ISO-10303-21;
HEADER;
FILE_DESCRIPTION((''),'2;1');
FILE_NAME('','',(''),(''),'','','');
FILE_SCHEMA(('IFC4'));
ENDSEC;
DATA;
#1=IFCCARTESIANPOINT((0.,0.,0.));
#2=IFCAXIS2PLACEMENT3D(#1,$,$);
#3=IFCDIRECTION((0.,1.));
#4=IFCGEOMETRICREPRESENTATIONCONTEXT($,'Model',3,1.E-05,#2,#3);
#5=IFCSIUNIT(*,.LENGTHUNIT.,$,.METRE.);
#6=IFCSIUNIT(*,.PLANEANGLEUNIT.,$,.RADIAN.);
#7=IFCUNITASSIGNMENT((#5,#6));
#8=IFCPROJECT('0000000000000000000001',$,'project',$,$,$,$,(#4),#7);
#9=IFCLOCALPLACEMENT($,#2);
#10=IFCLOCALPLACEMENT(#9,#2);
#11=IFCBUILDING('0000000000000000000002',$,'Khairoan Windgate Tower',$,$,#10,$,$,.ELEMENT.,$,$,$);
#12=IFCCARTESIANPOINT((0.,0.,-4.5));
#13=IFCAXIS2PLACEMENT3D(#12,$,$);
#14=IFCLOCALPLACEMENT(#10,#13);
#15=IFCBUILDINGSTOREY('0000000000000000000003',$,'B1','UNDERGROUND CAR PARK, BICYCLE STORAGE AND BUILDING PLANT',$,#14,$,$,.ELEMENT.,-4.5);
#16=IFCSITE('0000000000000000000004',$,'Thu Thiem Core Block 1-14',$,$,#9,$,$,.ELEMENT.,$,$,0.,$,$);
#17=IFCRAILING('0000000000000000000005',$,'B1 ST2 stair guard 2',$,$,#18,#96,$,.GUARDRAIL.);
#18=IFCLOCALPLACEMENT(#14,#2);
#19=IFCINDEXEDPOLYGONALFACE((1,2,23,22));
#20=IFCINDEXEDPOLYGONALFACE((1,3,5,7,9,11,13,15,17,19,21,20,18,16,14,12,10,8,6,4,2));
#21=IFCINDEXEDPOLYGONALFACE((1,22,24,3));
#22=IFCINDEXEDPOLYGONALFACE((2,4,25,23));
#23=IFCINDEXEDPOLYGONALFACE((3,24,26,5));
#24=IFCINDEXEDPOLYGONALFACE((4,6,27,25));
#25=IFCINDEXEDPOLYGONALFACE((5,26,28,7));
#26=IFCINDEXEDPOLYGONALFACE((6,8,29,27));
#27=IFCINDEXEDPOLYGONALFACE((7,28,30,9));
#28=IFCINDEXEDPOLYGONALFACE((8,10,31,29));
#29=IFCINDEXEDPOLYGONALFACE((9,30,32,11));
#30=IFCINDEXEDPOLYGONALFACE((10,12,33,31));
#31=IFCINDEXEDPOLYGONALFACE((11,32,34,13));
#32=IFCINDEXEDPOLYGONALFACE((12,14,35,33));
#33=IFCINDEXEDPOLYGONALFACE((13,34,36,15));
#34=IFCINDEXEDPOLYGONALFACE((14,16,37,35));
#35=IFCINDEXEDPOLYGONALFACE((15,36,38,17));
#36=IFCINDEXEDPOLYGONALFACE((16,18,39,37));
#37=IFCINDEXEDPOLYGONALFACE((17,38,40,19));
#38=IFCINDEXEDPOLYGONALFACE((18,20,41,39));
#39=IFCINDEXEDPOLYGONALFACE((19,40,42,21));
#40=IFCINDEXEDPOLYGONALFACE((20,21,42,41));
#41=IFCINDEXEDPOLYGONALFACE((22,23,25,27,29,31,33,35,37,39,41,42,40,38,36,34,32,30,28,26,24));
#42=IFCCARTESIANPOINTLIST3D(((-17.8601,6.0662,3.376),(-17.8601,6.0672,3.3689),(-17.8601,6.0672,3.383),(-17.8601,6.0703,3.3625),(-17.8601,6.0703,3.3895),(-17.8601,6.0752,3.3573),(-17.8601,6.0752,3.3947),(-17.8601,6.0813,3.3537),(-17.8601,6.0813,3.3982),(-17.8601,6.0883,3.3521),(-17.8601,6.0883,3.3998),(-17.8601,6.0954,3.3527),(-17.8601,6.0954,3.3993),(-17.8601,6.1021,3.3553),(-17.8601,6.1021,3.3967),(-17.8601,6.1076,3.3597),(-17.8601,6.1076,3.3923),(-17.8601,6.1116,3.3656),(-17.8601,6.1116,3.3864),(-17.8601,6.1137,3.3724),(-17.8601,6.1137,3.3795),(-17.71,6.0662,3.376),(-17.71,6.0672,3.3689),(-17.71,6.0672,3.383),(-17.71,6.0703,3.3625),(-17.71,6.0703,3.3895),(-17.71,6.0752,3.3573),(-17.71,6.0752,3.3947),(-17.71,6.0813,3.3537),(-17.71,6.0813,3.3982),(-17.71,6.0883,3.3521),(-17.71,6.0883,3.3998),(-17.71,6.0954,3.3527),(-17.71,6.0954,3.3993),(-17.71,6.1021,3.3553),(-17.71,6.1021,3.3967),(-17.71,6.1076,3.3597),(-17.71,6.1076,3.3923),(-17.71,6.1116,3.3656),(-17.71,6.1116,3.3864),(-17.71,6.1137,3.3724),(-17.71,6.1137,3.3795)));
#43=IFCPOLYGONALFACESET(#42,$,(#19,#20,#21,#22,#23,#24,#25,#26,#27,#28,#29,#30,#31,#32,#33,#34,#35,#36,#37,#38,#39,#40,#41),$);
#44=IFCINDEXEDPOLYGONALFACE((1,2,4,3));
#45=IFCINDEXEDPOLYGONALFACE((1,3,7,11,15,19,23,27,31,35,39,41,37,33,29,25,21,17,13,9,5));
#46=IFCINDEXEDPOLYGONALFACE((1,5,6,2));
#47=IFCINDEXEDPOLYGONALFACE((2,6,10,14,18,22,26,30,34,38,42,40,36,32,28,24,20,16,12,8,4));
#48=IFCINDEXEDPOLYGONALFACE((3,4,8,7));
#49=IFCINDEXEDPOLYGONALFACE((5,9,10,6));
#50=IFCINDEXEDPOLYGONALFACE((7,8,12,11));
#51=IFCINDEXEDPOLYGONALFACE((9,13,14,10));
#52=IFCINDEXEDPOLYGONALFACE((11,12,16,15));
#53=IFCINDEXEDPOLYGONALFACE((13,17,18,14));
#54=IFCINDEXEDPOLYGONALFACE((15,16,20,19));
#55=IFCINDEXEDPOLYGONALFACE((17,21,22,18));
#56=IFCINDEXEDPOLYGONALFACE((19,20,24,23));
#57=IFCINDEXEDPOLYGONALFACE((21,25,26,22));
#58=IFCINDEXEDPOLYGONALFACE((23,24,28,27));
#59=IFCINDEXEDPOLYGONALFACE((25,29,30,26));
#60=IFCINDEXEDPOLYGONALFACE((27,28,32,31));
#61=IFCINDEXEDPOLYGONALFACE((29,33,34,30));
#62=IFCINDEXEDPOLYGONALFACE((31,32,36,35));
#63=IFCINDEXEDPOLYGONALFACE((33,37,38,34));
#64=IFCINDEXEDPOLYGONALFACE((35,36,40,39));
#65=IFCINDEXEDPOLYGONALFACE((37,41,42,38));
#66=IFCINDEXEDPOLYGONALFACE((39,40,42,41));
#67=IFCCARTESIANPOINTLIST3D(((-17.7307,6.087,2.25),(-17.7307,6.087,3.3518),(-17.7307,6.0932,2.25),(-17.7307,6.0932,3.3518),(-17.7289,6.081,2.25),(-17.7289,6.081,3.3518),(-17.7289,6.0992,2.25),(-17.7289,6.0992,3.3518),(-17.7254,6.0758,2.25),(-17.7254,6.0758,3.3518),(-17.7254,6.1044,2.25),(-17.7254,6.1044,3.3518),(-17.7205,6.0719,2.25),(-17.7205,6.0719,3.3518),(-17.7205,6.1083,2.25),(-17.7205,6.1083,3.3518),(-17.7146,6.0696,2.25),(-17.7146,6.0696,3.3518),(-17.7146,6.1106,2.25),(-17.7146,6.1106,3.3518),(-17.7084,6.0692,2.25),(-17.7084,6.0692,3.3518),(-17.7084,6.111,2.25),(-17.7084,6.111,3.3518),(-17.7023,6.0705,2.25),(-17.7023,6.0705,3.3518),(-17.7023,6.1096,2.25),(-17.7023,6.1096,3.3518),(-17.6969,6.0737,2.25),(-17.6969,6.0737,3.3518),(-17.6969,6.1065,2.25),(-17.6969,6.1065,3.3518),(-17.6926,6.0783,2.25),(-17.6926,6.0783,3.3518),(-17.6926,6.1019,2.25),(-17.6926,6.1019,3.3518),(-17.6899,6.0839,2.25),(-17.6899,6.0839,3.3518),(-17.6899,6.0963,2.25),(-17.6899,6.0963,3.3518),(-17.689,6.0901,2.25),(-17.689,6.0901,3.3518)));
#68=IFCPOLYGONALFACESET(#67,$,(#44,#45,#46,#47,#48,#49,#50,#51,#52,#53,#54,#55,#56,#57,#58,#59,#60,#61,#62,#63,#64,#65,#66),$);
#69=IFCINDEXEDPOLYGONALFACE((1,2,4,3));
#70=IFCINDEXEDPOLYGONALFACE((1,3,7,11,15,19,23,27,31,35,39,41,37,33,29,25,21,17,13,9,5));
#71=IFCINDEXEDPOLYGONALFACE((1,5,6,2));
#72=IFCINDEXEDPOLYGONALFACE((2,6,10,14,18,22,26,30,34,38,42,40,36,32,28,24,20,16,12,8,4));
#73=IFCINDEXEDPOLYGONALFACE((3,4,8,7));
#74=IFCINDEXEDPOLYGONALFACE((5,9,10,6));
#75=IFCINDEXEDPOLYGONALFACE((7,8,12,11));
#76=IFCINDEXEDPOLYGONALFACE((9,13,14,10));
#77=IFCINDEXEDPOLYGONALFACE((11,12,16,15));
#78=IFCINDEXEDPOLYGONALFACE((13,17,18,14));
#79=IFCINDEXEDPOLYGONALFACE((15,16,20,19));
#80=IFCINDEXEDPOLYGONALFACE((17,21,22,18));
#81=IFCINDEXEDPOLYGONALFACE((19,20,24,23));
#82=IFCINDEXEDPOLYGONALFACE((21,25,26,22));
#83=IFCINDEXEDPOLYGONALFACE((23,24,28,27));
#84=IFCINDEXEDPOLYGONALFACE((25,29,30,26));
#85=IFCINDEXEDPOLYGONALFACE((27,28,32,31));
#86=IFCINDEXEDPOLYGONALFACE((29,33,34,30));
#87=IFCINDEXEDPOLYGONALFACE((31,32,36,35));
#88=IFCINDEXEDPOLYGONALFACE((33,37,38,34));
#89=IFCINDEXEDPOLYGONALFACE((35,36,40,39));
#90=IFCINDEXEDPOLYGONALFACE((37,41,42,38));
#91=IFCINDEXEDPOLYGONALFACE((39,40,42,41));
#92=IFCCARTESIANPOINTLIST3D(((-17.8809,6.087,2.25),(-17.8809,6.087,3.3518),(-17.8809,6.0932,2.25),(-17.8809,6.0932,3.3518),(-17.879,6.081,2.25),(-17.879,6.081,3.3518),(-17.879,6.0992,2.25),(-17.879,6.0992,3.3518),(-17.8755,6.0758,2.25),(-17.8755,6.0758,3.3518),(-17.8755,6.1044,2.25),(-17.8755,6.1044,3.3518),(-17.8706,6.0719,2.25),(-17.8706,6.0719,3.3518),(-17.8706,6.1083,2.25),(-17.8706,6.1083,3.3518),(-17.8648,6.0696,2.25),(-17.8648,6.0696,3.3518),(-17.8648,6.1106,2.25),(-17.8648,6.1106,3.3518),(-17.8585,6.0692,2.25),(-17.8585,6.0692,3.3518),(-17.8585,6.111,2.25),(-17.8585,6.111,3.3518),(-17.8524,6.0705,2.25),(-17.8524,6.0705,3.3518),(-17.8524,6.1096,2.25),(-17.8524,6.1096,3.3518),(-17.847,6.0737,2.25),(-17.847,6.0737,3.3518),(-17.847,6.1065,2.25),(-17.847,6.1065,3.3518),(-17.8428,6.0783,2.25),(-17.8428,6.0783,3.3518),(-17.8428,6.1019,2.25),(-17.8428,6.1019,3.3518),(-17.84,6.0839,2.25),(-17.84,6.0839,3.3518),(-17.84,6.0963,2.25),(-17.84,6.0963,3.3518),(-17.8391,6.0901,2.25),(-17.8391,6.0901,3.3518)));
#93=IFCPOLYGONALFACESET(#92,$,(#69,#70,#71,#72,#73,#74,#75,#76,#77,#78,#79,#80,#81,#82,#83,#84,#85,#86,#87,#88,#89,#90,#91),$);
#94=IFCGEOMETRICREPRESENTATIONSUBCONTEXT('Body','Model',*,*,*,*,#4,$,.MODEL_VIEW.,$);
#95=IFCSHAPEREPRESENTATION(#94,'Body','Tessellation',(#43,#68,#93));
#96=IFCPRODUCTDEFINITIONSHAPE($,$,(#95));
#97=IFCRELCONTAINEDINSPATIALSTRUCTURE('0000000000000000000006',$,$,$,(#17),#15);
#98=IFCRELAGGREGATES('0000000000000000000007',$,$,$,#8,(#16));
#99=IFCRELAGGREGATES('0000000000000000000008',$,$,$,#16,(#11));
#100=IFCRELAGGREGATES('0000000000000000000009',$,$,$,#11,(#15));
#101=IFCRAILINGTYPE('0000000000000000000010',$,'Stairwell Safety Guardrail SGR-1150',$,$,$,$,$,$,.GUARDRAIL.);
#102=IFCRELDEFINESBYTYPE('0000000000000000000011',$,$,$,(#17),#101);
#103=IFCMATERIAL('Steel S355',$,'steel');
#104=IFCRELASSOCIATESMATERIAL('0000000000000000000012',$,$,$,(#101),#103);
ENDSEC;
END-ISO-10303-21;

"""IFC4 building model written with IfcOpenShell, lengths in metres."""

from ifc_helpers import new_model, si_unit, direction, frame, origin, origin_2d, place, context, subcontext, project, spatial, circle, extrude, material, type_object, element, save


model = new_model("IFC4")

# Units and contexts
model_context = context("Model", 3, precision=1e-05, world=origin(), true_north=direction((0.0, 1.0)))
body_context = subcontext(model_context, "Body", "Model", "MODEL_VIEW")
ifc_project = project(units=[si_unit("LENGTHUNIT", "METRE"), si_unit("PLANEANGLEUNIT", "RADIAN")], contexts=[model_context])

# Site, building, storey
site_placement = place(None, origin())
site = spatial("IfcSite", under=ifc_project, at=site_placement, Name="Thu Thiem Core Block 1-14", CompositionType="ELEMENT", RefElevation=0.0)
building_placement = place(site_placement, origin())
building = spatial("IfcBuilding", under=site, at=building_placement, Name="Khairoan Windgate Tower", CompositionType="ELEMENT")
storey_placement = place(building_placement, frame((0.0, 0.0, -4.5)))
storey = spatial("IfcBuildingStorey", under=building, at=storey_placement, Name="B1", Description="UNDERGROUND CAR PARK, BICYCLE STORAGE AND BUILDING PLANT", CompositionType="ELEMENT", Elevation=-4.5)

# Railing
ifc_material_1 = material(Name="Steel S355", Category="steel")
railing_type_1 = type_object("IfcRailingType", Name="Stairwell Safety Guardrail SGR-1150", PredefinedType="GUARDRAIL", material=ifc_material_1)
railing_1_placement = place(storey_placement, frame((-17.71, 6.0901, 2.25)))
element("IfcRailing", 1, at=railing_1_placement, inside=storey, type_object=railing_type_1, Name="B1 ST2 stair guard 2", PredefinedType="GUARDRAIL", context=body_context, shape_type="SweptSolid", body=[
    extrude(circle(Radius=0.0239, at=origin_2d()), frame((0.0, 0.0, 1.126), z_axis=(-1.0, 0.0, 0.0), x_axis=(0.0, -1.0, 0.0)), (0.0, 0.0, 1.0), 0.1501),
    extrude(circle(Radius=0.021, at=origin_2d()), origin(), (0.0, 0.0, 1.0), 1.1018),
    extrude(circle(Radius=0.021, at=origin_2d()), frame((-0.1501, 0.0, 0.0)), (0.0, 0.0, 1.0), 1.1018),
])

save(model, "model.ifc")
